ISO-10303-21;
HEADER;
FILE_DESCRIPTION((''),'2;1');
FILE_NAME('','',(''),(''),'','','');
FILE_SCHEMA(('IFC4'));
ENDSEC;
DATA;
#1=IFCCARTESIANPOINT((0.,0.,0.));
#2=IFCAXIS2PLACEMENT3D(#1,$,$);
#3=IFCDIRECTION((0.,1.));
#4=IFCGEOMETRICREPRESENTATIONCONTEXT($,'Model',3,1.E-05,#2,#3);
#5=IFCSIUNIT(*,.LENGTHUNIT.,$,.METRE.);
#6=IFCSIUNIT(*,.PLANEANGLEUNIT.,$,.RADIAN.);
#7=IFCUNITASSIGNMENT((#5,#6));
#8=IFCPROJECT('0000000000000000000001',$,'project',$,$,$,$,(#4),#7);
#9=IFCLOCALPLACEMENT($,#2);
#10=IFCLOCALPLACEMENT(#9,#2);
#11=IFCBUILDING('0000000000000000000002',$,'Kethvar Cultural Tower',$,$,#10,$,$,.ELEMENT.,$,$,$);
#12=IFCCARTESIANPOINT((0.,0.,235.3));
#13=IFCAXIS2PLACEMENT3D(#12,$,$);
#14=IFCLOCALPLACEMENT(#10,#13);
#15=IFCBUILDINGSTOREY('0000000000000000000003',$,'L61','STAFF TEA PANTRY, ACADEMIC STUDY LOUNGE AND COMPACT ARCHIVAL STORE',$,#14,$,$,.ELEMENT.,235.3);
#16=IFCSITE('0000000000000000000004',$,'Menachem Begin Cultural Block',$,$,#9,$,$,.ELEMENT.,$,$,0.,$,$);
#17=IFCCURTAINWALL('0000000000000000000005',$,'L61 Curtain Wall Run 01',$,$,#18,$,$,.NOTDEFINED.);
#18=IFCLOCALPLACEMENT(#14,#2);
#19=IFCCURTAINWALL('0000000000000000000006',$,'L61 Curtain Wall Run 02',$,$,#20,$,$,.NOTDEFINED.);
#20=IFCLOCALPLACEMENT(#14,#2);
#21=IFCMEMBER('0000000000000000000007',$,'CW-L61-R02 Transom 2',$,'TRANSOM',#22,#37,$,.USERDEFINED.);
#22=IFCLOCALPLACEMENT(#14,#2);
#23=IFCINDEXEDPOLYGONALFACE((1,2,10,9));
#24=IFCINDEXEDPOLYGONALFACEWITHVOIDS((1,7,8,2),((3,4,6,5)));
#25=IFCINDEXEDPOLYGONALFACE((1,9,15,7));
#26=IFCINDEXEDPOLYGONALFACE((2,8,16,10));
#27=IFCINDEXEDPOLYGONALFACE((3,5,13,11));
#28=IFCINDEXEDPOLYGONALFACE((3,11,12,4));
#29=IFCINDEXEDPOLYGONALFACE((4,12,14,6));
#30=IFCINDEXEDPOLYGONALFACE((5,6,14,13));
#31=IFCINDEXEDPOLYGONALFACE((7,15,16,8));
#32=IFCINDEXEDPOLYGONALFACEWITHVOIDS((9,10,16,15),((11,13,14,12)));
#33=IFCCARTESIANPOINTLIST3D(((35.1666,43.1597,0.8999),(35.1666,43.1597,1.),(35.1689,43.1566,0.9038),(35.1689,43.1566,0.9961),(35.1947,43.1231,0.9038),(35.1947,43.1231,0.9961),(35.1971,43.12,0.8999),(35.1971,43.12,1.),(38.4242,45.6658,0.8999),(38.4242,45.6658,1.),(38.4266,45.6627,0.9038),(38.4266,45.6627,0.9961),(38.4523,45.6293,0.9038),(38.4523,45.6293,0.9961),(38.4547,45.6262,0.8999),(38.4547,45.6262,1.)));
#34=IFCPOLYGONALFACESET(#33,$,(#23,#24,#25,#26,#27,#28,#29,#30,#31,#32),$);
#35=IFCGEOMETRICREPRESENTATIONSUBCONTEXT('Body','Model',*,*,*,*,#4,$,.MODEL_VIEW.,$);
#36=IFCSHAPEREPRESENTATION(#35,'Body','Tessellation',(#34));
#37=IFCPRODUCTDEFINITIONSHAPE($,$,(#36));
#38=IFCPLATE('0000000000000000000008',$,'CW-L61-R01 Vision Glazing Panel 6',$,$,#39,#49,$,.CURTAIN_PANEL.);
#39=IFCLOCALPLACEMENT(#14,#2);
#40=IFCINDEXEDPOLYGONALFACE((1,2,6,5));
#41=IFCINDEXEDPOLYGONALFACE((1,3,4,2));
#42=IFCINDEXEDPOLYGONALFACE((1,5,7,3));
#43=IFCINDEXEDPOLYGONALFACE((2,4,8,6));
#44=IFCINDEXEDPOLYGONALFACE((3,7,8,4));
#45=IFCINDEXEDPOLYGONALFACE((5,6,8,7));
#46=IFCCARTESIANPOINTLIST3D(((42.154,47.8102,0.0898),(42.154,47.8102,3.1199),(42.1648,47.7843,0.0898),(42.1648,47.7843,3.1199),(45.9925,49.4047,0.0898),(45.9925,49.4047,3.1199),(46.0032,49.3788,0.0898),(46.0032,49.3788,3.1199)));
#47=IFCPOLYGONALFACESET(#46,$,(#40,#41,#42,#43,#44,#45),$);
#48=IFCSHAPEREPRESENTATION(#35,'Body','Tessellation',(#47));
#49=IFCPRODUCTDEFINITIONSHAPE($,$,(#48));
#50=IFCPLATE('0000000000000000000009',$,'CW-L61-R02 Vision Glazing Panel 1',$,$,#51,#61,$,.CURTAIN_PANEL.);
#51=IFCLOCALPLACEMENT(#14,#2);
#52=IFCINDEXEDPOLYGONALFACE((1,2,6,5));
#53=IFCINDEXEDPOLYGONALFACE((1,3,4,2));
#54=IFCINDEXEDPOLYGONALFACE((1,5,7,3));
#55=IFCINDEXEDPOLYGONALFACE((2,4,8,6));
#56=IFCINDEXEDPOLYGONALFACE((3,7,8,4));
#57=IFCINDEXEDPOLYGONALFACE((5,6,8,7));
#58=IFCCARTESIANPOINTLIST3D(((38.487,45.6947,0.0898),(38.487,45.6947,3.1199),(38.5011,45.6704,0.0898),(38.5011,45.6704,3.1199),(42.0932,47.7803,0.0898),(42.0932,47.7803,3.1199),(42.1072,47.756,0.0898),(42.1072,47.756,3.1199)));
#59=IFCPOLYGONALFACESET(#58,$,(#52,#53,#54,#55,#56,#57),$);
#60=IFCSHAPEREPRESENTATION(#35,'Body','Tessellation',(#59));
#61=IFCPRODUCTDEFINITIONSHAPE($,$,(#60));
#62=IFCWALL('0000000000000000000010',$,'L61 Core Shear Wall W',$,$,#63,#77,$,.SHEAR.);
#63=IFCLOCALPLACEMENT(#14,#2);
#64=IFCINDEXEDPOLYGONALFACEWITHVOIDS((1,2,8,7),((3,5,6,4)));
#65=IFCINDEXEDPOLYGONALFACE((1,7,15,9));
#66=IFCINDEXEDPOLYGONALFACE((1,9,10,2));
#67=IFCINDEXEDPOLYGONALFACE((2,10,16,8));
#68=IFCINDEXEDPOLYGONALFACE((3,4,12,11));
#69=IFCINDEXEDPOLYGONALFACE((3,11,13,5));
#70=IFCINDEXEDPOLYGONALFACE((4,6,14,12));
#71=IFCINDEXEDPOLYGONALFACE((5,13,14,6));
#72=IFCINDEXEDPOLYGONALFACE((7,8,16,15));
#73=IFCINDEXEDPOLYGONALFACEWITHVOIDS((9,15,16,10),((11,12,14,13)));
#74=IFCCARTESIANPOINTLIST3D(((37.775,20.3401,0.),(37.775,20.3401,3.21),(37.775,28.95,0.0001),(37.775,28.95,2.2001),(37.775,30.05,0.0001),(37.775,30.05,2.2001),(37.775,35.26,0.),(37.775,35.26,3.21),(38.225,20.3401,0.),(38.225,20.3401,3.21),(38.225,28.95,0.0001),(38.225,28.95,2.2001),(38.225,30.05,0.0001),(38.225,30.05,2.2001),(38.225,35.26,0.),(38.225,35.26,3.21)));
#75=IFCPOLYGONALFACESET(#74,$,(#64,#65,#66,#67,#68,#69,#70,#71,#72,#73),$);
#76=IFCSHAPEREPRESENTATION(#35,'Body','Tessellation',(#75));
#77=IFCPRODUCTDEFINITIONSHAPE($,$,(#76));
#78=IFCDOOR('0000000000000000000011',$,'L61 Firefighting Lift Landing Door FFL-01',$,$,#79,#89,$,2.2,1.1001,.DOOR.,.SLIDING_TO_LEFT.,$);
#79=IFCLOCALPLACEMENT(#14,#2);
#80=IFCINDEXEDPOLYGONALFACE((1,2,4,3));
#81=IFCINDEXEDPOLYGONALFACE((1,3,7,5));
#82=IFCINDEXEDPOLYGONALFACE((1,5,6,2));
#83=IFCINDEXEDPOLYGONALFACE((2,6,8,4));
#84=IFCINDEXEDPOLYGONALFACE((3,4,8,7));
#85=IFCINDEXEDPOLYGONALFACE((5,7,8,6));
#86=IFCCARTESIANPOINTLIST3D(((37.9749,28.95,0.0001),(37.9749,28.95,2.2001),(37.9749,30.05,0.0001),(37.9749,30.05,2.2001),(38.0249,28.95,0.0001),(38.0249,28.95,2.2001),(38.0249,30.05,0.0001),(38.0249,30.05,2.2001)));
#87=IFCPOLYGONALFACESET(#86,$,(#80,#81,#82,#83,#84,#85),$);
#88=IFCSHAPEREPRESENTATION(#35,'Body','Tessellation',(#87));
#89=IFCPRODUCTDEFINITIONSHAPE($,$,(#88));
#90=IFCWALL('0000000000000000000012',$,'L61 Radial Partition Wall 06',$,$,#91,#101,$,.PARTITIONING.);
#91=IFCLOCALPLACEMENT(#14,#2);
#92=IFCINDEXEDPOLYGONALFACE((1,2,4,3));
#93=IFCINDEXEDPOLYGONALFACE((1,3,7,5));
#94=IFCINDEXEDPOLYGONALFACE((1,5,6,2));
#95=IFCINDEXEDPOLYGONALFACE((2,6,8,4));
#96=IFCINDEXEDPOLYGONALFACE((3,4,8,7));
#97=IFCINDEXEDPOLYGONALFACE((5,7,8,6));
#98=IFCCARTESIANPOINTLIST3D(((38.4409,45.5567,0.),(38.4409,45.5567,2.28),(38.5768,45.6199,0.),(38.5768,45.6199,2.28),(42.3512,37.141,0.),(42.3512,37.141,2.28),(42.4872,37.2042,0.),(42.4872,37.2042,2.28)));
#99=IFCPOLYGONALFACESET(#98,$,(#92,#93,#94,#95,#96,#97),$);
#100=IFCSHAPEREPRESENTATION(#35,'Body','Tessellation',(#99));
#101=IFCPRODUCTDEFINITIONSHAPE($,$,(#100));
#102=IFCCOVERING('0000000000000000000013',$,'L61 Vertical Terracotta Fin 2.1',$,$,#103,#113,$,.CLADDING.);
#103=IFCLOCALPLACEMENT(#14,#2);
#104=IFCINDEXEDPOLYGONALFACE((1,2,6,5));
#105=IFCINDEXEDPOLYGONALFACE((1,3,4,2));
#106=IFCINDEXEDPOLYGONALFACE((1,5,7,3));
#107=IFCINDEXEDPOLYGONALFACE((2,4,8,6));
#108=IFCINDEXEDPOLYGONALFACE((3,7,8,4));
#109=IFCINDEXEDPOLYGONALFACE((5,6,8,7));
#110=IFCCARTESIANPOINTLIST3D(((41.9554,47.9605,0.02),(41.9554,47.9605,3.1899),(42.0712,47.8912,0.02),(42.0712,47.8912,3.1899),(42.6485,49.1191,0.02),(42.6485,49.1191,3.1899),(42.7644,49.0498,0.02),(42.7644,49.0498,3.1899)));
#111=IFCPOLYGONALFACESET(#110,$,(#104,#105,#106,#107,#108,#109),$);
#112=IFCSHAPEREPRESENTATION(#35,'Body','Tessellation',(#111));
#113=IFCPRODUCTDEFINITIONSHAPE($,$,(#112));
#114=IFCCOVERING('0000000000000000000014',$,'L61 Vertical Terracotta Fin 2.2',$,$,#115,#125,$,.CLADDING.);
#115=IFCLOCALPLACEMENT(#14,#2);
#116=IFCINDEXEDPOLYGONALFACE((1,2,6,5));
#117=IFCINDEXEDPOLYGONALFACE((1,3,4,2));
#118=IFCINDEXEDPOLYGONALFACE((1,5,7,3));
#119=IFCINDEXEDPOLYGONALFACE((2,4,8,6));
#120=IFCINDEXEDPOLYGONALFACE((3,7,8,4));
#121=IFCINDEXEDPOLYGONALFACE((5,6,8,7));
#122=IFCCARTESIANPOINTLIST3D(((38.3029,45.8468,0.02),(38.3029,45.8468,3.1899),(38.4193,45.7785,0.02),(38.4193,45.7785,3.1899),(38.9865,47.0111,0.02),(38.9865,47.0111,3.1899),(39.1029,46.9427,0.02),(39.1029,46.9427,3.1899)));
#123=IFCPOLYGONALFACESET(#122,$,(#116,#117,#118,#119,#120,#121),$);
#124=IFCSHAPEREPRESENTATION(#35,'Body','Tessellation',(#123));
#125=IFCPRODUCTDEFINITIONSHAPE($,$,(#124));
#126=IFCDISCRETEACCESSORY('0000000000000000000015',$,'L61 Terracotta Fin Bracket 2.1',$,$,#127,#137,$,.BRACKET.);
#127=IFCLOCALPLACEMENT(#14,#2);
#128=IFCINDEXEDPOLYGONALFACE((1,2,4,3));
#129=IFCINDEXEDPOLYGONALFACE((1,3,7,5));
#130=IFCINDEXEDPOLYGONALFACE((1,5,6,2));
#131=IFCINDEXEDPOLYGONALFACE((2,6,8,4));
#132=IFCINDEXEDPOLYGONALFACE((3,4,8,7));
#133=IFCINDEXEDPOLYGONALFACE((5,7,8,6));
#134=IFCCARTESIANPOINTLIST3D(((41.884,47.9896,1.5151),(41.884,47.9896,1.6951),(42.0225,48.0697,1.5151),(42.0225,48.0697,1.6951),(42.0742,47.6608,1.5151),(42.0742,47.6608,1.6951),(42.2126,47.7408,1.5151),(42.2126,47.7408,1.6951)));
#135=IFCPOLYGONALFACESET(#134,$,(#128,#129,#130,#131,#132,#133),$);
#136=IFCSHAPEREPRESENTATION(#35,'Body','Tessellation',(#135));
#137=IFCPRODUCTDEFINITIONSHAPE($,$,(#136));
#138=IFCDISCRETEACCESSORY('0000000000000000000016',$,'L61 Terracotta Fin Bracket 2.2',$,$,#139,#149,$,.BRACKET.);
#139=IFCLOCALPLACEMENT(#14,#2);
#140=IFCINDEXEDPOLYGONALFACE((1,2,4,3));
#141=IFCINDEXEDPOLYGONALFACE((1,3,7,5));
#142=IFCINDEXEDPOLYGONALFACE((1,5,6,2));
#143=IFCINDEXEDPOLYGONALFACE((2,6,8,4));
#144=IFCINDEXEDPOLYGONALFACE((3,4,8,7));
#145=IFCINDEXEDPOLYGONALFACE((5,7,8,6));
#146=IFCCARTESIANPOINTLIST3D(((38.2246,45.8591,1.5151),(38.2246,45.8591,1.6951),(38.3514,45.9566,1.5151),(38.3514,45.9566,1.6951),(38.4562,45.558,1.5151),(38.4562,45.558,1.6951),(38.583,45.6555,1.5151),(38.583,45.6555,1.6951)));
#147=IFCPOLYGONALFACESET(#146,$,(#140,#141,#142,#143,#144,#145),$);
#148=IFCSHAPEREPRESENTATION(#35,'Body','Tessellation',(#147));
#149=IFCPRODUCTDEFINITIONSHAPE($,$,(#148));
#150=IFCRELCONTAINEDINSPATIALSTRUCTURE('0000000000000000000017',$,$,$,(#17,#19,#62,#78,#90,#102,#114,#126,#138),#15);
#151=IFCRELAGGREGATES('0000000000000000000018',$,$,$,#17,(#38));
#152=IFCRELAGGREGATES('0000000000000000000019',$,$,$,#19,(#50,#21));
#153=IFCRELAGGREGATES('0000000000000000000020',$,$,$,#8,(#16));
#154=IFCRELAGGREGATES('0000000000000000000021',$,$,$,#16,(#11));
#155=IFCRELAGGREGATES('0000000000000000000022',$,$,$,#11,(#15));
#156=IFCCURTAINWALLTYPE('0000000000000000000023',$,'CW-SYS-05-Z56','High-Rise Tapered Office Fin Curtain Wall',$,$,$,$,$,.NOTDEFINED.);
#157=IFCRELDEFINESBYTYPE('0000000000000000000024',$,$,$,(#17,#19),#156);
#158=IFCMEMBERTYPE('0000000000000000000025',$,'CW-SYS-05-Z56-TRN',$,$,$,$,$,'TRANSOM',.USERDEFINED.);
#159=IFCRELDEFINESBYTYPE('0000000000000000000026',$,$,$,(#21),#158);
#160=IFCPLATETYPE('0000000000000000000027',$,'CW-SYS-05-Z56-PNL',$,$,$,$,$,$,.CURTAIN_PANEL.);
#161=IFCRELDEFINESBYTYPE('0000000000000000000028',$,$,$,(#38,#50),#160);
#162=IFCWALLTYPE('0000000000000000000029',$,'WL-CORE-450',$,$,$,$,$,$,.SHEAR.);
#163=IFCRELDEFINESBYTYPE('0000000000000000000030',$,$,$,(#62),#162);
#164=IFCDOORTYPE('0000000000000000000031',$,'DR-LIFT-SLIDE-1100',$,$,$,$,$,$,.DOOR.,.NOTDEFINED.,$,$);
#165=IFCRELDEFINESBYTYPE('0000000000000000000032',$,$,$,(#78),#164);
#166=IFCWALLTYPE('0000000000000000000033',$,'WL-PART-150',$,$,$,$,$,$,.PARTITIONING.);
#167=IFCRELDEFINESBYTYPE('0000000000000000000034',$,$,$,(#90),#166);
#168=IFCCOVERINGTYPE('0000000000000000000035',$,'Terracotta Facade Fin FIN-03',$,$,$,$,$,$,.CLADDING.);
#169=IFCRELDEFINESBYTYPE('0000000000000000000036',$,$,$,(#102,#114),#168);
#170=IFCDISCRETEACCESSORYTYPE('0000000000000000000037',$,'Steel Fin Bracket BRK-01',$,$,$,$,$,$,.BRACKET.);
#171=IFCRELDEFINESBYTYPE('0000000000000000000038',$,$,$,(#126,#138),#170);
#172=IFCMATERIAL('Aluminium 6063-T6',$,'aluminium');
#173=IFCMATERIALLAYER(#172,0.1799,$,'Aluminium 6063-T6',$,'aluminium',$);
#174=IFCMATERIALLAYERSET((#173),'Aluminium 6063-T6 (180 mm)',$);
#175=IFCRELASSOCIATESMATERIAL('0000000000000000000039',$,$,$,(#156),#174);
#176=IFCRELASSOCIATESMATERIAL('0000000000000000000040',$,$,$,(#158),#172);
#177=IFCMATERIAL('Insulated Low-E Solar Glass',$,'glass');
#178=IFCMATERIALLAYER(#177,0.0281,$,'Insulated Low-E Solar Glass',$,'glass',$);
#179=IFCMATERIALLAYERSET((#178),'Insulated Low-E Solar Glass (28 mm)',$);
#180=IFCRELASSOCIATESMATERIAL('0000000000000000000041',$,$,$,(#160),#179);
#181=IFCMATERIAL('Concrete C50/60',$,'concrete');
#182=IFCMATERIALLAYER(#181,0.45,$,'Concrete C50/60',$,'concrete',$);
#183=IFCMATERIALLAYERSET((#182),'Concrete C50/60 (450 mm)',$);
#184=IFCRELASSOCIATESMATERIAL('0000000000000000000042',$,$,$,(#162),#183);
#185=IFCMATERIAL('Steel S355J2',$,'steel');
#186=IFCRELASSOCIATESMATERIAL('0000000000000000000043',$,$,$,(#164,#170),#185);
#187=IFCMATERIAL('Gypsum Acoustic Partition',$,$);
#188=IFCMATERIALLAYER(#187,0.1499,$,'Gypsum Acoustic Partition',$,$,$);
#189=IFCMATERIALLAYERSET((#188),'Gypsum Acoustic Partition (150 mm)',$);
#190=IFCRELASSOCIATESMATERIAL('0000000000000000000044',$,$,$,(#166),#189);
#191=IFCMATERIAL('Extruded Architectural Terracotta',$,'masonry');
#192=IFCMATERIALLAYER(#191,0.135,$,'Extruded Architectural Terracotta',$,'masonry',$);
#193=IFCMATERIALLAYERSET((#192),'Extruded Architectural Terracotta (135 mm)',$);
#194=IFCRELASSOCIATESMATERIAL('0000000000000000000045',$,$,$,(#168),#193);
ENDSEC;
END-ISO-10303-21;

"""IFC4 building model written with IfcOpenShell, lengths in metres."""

from ifc_helpers import new_model, si_unit, direction, frame, frame_2d, origin, origin_2d, place, context, subcontext, project, spatial, rectangle, hollow_rectangle, extrude, source, transform, mapped, material, layer, layer_set, material_profile, profile_set, type_object, element, fill, aggregate, save


model = new_model("IFC4")

# Units and contexts
model_context = context("Model", 3, precision=1e-05, world=origin(), true_north=direction((0.0, 1.0)))
body_context = subcontext(model_context, "Body", "Model", "MODEL_VIEW")
ifc_project = project(units=[si_unit("LENGTHUNIT", "METRE"), si_unit("PLANEANGLEUNIT", "RADIAN")], contexts=[model_context])

# Site, building, storey
site_placement = place(None, origin())
site = spatial("IfcSite", under=ifc_project, at=site_placement, Name="Menachem Begin Cultural Block", CompositionType="ELEMENT", RefElevation=0.0)
building_placement = place(site_placement, origin())
building = spatial("IfcBuilding", under=site, at=building_placement, Name="Kethvar Cultural Tower", CompositionType="ELEMENT")
storey_placement = place(building_placement, frame((0.0, 0.0, 235.3)))
storey = spatial("IfcBuildingStorey", under=building, at=storey_placement, Name="L61", Description="STAFF TEA PANTRY, ACADEMIC STUDY LOUNGE AND COMPACT ARCHIVAL STORE", CompositionType="ELEMENT", Elevation=235.3)

# Shared definitions
ifc_material_1 = material(Name="Steel S355J2", Category="steel")

# Curtain wall
ifc_material_2 = material(Name="Aluminium 6063-T6", Category="aluminium")
ifc_layer_1 = layer(ifc_material_2, 0.1799, Name="Aluminium 6063-T6", Category="aluminium")
ifc_layer_set_1 = layer_set([ifc_layer_1], Name="Aluminium 6063-T6 (180 mm)")
curtain_wall_type = type_object("IfcCurtainWallType", Name="CW-SYS-05-Z56", Description="High-Rise Tapered Office Fin Curtain Wall", PredefinedType="NOTDEFINED", material=ifc_layer_set_1)
curtain_wall_1_placement = place(storey_placement, origin())
curtain_wall_1 = element("IfcCurtainWall", 1, at=curtain_wall_1_placement, inside=storey, type_object=curtain_wall_type, Name="L61 Curtain Wall Run 01", PredefinedType="NOTDEFINED")

# Curtain wall, member
curtain_wall_2_placement = place(storey_placement, origin())
curtain_wall_2 = element("IfcCurtainWall", 2, at=curtain_wall_2_placement, inside=storey, type_object=curtain_wall_type, Name="L61 Curtain Wall Run 02", PredefinedType="NOTDEFINED")
ifc_material_profile_1 = material_profile(ifc_material_2, hollow_rectangle(XDim=0.05, YDim=0.1001, WallThickness=0.0039, at=origin_2d()), Name="Aluminium 6063-T6 — RHS100x50x4")
ifc_profile_set_1 = profile_set([ifc_material_profile_1], Name="Aluminium 6063-T6 — RHS100x50x4")
member_type_1 = type_object("IfcMemberType", Name="CW-SYS-05-Z56-TRN", ElementType="TRANSOM", PredefinedType="USERDEFINED", material=ifc_profile_set_1)
shared_shape_1 = source(origin(), body_context, "Body", "SweptSolid", [
    extrude(hollow_rectangle(XDim=0.05, YDim=0.1001, WallThickness=0.0039, at=origin_2d()), origin(), (0.0, 0.0, 1.0), 4.1101),
])
member_1_placement = place(storey_placement, frame((38.4395, 45.646, 0.95), z_axis=(-0.792591, -0.609754, 0.0), x_axis=(0.609754, -0.792591, 0.0)))
member_1 = element("IfcMember", 3, at=member_1_placement, type_object=member_type_1, Name="CW-L61-R02 Transom 2", ObjectType="TRANSOM", PredefinedType="USERDEFINED", context=body_context, shape_type="MappedRepresentation", body=[
    mapped(shared_shape_1, transform((0.0, 0.0, 0.0), scale=1.0)),
])

# Plates
ifc_material_3 = material(Name="Insulated Low-E Solar Glass", Category="glass")
ifc_layer_2 = layer(ifc_material_3, 0.0281, Name="Insulated Low-E Solar Glass", Category="glass")
ifc_layer_set_2 = layer_set([ifc_layer_2], Name="Insulated Low-E Solar Glass (28 mm)")
plate_type = type_object("IfcPlateType", Name="CW-SYS-05-Z56-PNL", PredefinedType="CURTAIN_PANEL", material=ifc_layer_set_2)
shared_shape_2 = source(origin(), body_context, "Body", "SweptSolid", [
    extrude(rectangle(XDim=4.1565, YDim=0.0281, at=origin_2d()), origin(), (0.0, 0.0, 1.0), 3.03),
])
plate_1_placement = place(storey_placement, frame((44.0786, 48.5945, 0.0898), z_axis=(0.0, 0.0, 1.0), x_axis=(-0.923492, -0.383618, 0.0)))
plate_1 = element("IfcPlate", 4, at=plate_1_placement, type_object=plate_type, Name="CW-L61-R01 Vision Glazing Panel 6", PredefinedType="CURTAIN_PANEL", context=body_context, shape_type="MappedRepresentation", body=[
    mapped(shared_shape_2, transform((0.0, 0.0, 0.0), scale=1.0)),
])
aggregate(curtain_wall_1, [plate_1])
shared_shape_3 = source(origin(), body_context, "Body", "SweptSolid", [
    extrude(rectangle(XDim=4.1658, YDim=0.0281, at=origin_2d()), origin(), (0.0, 0.0, 1.0), 3.03),
])
plate_2_placement = place(storey_placement, frame((40.2971, 46.7253, 0.0898), z_axis=(0.0, 0.0, 1.0), x_axis=(-0.865659, -0.500635, 0.0)))
plate_2 = element("IfcPlate", 5, at=plate_2_placement, type_object=plate_type, Name="CW-L61-R02 Vision Glazing Panel 1", PredefinedType="CURTAIN_PANEL", context=body_context, shape_type="MappedRepresentation", body=[
    mapped(shared_shape_3, transform((0.0, 0.0, 0.0), scale=1.0)),
])
aggregate(curtain_wall_2, [plate_2, member_1])

# Wall, opening, door
ifc_material_4 = material(Name="Concrete C50/60", Category="concrete")
ifc_layer_3 = layer(ifc_material_4, 0.45, Name="Concrete C50/60", Category="concrete")
ifc_layer_set_3 = layer_set([ifc_layer_3], Name="Concrete C50/60 (450 mm)")
wall_type_1 = type_object("IfcWallType", Name="WL-CORE-450", PredefinedType="SHEAR", material=ifc_layer_set_3)
wall_1_placement = place(storey_placement, frame((38.0, 35.26, 0.0), z_axis=(0.0, 0.0, 1.0), x_axis=(0.0, -1.0, 0.0)))
wall_1 = element("IfcWall", 6, at=wall_1_placement, inside=storey, type_object=wall_type_1, Name="L61 Core Shear Wall W", PredefinedType="SHEAR", context=body_context, shape_type="SweptSolid", body=[
    extrude(rectangle(XDim=14.9199, YDim=0.45, at=frame_2d((7.46, 0.0))), origin(), (0.0, 0.0, 1.0), 3.21),
])
opening_placement = place(wall_1_placement, frame((5.21, 0.0, 0.0)))
opening = element("IfcOpeningElement", 7, at=opening_placement, cuts=wall_1, PredefinedType="OPENING", context=body_context, shape_type="SweptSolid", body=[
    extrude(rectangle(XDim=1.1001, YDim=2.2, at=frame_2d((0.55, 1.1001))), frame((0.0, 0.2349, 0.0), z_axis=(0.0, -1.0, 0.0), x_axis=(1.0, 0.0, 0.0)), (0.0, 0.0, 1.0), 0.47),
])
door_type = type_object("IfcDoorType", Name="DR-LIFT-SLIDE-1100", OperationType="NOTDEFINED", PredefinedType="DOOR", material=ifc_material_1)
shared_shape_4 = source(origin(), body_context, "Body", "SweptSolid", [
    extrude(rectangle(XDim=1.1001, YDim=2.2, at=frame_2d((0.55, 1.1001))), frame((0.0, 0.0249, 0.0), z_axis=(0.0, -1.0, 0.0), x_axis=(1.0, 0.0, 0.0)), (0.0, 0.0, 1.0), 0.05),
])
door_placement = place(opening_placement, origin())
door = element("IfcDoor", 8, at=door_placement, inside=storey, type_object=door_type, Name="L61 Firefighting Lift Landing Door FFL-01", OperationType="SLIDING_TO_LEFT", OverallHeight=2.2, OverallWidth=1.1001, PredefinedType="DOOR", context=body_context, shape_type="MappedRepresentation", body=[
    mapped(shared_shape_4, transform((0.0, 0.0, 0.0), scale=1.0)),
])
fill(opening, door)

# Wall
ifc_material_5 = material(Name="Gypsum Acoustic Partition")
ifc_layer_4 = layer(ifc_material_5, 0.1499, Name="Gypsum Acoustic Partition")
ifc_layer_set_4 = layer_set([ifc_layer_4], Name="Gypsum Acoustic Partition (150 mm)")
wall_type_2 = type_object("IfcWallType", Name="WL-PART-150", PredefinedType="PARTITIONING", material=ifc_layer_set_4)
wall_2_placement = place(storey_placement, frame((42.4192, 37.1726, 0.0), z_axis=(0.0, 0.0, 1.0), x_axis=(-0.421384, 0.906882, 0.0)))
element("IfcWall", 9, at=wall_2_placement, inside=storey, type_object=wall_type_2, Name="L61 Radial Partition Wall 06", PredefinedType="PARTITIONING", context=body_context, shape_type="SweptSolid", body=[
    extrude(rectangle(XDim=9.2798, YDim=0.1499, at=frame_2d((4.6399, 0.0))), origin(), (0.0, 0.0, 1.0), 2.28),
])

# Coverings
ifc_material_6 = material(Name="Extruded Architectural Terracotta", Category="masonry")
ifc_layer_5 = layer(ifc_material_6, 0.135, Name="Extruded Architectural Terracotta", Category="masonry")
ifc_layer_set_5 = layer_set([ifc_layer_5], Name="Extruded Architectural Terracotta (135 mm)")
covering_type = type_object("IfcCoveringType", Name="Terracotta Facade Fin FIN-03", PredefinedType="CLADDING", material=ifc_layer_set_5)
shared_shape_5 = source(origin(), body_context, "Body", "SweptSolid", [
    extrude(rectangle(XDim=1.3501, YDim=0.135, at=origin_2d()), origin(), (0.0, 0.0, 1.0), 3.1699),
])
for number, where, z_axis, x_axis, name in (
    (10, (42.3599, 48.5051, 0.02), (0.0, 0.0, 1.0), (0.513391, 0.858155, 0.0), "L61 Vertical Terracotta Fin 2.1"),
    (11, (38.7029, 46.3948, 0.02), (0.0, 0.0, 1.0), (0.506335, 0.862337, 0.0), "L61 Vertical Terracotta Fin 2.2"),
):
    element("IfcCovering", number, at=place(storey_placement, frame(where, z_axis=z_axis, x_axis=x_axis)), inside=storey, type_object=covering_type, Name=name, PredefinedType="CLADDING", context=body_context, shape_type="MappedRepresentation", body=[
        mapped(shared_shape_5, transform((0.0, 0.0, 0.0), scale=1.0)),
    ])

# Discrete accessories
discrete_accessory_type = type_object("IfcDiscreteAccessoryType", Name="Steel Fin Bracket BRK-01", PredefinedType="BRACKET", material=ifc_material_1)
shared_shape_6 = source(origin(), body_context, "Body", "SweptSolid", [
    extrude(rectangle(XDim=0.3799, YDim=0.1599, at=origin_2d()), origin(), (0.0, 0.0, 1.0), 0.1799),
])
for number, where, z_axis, x_axis, name in (
    (12, (42.0483, 47.8652, 1.5151), (0.0, 0.0, 1.0), (-0.500604, 0.865676, 0.0), "L61 Terracotta Fin Bracket 2.1"),
    (13, (38.4038, 45.7573, 1.5151), (0.0, 0.0, 1.0), (-0.60973, 0.792609, 0.0), "L61 Terracotta Fin Bracket 2.2"),
):
    element("IfcDiscreteAccessory", number, at=place(storey_placement, frame(where, z_axis=z_axis, x_axis=x_axis)), inside=storey, type_object=discrete_accessory_type, Name=name, PredefinedType="BRACKET", context=body_context, shape_type="MappedRepresentation", body=[
        mapped(shared_shape_6, transform((0.0, 0.0, 0.0), scale=1.0)),
    ])

save(model, "model.ifc")
